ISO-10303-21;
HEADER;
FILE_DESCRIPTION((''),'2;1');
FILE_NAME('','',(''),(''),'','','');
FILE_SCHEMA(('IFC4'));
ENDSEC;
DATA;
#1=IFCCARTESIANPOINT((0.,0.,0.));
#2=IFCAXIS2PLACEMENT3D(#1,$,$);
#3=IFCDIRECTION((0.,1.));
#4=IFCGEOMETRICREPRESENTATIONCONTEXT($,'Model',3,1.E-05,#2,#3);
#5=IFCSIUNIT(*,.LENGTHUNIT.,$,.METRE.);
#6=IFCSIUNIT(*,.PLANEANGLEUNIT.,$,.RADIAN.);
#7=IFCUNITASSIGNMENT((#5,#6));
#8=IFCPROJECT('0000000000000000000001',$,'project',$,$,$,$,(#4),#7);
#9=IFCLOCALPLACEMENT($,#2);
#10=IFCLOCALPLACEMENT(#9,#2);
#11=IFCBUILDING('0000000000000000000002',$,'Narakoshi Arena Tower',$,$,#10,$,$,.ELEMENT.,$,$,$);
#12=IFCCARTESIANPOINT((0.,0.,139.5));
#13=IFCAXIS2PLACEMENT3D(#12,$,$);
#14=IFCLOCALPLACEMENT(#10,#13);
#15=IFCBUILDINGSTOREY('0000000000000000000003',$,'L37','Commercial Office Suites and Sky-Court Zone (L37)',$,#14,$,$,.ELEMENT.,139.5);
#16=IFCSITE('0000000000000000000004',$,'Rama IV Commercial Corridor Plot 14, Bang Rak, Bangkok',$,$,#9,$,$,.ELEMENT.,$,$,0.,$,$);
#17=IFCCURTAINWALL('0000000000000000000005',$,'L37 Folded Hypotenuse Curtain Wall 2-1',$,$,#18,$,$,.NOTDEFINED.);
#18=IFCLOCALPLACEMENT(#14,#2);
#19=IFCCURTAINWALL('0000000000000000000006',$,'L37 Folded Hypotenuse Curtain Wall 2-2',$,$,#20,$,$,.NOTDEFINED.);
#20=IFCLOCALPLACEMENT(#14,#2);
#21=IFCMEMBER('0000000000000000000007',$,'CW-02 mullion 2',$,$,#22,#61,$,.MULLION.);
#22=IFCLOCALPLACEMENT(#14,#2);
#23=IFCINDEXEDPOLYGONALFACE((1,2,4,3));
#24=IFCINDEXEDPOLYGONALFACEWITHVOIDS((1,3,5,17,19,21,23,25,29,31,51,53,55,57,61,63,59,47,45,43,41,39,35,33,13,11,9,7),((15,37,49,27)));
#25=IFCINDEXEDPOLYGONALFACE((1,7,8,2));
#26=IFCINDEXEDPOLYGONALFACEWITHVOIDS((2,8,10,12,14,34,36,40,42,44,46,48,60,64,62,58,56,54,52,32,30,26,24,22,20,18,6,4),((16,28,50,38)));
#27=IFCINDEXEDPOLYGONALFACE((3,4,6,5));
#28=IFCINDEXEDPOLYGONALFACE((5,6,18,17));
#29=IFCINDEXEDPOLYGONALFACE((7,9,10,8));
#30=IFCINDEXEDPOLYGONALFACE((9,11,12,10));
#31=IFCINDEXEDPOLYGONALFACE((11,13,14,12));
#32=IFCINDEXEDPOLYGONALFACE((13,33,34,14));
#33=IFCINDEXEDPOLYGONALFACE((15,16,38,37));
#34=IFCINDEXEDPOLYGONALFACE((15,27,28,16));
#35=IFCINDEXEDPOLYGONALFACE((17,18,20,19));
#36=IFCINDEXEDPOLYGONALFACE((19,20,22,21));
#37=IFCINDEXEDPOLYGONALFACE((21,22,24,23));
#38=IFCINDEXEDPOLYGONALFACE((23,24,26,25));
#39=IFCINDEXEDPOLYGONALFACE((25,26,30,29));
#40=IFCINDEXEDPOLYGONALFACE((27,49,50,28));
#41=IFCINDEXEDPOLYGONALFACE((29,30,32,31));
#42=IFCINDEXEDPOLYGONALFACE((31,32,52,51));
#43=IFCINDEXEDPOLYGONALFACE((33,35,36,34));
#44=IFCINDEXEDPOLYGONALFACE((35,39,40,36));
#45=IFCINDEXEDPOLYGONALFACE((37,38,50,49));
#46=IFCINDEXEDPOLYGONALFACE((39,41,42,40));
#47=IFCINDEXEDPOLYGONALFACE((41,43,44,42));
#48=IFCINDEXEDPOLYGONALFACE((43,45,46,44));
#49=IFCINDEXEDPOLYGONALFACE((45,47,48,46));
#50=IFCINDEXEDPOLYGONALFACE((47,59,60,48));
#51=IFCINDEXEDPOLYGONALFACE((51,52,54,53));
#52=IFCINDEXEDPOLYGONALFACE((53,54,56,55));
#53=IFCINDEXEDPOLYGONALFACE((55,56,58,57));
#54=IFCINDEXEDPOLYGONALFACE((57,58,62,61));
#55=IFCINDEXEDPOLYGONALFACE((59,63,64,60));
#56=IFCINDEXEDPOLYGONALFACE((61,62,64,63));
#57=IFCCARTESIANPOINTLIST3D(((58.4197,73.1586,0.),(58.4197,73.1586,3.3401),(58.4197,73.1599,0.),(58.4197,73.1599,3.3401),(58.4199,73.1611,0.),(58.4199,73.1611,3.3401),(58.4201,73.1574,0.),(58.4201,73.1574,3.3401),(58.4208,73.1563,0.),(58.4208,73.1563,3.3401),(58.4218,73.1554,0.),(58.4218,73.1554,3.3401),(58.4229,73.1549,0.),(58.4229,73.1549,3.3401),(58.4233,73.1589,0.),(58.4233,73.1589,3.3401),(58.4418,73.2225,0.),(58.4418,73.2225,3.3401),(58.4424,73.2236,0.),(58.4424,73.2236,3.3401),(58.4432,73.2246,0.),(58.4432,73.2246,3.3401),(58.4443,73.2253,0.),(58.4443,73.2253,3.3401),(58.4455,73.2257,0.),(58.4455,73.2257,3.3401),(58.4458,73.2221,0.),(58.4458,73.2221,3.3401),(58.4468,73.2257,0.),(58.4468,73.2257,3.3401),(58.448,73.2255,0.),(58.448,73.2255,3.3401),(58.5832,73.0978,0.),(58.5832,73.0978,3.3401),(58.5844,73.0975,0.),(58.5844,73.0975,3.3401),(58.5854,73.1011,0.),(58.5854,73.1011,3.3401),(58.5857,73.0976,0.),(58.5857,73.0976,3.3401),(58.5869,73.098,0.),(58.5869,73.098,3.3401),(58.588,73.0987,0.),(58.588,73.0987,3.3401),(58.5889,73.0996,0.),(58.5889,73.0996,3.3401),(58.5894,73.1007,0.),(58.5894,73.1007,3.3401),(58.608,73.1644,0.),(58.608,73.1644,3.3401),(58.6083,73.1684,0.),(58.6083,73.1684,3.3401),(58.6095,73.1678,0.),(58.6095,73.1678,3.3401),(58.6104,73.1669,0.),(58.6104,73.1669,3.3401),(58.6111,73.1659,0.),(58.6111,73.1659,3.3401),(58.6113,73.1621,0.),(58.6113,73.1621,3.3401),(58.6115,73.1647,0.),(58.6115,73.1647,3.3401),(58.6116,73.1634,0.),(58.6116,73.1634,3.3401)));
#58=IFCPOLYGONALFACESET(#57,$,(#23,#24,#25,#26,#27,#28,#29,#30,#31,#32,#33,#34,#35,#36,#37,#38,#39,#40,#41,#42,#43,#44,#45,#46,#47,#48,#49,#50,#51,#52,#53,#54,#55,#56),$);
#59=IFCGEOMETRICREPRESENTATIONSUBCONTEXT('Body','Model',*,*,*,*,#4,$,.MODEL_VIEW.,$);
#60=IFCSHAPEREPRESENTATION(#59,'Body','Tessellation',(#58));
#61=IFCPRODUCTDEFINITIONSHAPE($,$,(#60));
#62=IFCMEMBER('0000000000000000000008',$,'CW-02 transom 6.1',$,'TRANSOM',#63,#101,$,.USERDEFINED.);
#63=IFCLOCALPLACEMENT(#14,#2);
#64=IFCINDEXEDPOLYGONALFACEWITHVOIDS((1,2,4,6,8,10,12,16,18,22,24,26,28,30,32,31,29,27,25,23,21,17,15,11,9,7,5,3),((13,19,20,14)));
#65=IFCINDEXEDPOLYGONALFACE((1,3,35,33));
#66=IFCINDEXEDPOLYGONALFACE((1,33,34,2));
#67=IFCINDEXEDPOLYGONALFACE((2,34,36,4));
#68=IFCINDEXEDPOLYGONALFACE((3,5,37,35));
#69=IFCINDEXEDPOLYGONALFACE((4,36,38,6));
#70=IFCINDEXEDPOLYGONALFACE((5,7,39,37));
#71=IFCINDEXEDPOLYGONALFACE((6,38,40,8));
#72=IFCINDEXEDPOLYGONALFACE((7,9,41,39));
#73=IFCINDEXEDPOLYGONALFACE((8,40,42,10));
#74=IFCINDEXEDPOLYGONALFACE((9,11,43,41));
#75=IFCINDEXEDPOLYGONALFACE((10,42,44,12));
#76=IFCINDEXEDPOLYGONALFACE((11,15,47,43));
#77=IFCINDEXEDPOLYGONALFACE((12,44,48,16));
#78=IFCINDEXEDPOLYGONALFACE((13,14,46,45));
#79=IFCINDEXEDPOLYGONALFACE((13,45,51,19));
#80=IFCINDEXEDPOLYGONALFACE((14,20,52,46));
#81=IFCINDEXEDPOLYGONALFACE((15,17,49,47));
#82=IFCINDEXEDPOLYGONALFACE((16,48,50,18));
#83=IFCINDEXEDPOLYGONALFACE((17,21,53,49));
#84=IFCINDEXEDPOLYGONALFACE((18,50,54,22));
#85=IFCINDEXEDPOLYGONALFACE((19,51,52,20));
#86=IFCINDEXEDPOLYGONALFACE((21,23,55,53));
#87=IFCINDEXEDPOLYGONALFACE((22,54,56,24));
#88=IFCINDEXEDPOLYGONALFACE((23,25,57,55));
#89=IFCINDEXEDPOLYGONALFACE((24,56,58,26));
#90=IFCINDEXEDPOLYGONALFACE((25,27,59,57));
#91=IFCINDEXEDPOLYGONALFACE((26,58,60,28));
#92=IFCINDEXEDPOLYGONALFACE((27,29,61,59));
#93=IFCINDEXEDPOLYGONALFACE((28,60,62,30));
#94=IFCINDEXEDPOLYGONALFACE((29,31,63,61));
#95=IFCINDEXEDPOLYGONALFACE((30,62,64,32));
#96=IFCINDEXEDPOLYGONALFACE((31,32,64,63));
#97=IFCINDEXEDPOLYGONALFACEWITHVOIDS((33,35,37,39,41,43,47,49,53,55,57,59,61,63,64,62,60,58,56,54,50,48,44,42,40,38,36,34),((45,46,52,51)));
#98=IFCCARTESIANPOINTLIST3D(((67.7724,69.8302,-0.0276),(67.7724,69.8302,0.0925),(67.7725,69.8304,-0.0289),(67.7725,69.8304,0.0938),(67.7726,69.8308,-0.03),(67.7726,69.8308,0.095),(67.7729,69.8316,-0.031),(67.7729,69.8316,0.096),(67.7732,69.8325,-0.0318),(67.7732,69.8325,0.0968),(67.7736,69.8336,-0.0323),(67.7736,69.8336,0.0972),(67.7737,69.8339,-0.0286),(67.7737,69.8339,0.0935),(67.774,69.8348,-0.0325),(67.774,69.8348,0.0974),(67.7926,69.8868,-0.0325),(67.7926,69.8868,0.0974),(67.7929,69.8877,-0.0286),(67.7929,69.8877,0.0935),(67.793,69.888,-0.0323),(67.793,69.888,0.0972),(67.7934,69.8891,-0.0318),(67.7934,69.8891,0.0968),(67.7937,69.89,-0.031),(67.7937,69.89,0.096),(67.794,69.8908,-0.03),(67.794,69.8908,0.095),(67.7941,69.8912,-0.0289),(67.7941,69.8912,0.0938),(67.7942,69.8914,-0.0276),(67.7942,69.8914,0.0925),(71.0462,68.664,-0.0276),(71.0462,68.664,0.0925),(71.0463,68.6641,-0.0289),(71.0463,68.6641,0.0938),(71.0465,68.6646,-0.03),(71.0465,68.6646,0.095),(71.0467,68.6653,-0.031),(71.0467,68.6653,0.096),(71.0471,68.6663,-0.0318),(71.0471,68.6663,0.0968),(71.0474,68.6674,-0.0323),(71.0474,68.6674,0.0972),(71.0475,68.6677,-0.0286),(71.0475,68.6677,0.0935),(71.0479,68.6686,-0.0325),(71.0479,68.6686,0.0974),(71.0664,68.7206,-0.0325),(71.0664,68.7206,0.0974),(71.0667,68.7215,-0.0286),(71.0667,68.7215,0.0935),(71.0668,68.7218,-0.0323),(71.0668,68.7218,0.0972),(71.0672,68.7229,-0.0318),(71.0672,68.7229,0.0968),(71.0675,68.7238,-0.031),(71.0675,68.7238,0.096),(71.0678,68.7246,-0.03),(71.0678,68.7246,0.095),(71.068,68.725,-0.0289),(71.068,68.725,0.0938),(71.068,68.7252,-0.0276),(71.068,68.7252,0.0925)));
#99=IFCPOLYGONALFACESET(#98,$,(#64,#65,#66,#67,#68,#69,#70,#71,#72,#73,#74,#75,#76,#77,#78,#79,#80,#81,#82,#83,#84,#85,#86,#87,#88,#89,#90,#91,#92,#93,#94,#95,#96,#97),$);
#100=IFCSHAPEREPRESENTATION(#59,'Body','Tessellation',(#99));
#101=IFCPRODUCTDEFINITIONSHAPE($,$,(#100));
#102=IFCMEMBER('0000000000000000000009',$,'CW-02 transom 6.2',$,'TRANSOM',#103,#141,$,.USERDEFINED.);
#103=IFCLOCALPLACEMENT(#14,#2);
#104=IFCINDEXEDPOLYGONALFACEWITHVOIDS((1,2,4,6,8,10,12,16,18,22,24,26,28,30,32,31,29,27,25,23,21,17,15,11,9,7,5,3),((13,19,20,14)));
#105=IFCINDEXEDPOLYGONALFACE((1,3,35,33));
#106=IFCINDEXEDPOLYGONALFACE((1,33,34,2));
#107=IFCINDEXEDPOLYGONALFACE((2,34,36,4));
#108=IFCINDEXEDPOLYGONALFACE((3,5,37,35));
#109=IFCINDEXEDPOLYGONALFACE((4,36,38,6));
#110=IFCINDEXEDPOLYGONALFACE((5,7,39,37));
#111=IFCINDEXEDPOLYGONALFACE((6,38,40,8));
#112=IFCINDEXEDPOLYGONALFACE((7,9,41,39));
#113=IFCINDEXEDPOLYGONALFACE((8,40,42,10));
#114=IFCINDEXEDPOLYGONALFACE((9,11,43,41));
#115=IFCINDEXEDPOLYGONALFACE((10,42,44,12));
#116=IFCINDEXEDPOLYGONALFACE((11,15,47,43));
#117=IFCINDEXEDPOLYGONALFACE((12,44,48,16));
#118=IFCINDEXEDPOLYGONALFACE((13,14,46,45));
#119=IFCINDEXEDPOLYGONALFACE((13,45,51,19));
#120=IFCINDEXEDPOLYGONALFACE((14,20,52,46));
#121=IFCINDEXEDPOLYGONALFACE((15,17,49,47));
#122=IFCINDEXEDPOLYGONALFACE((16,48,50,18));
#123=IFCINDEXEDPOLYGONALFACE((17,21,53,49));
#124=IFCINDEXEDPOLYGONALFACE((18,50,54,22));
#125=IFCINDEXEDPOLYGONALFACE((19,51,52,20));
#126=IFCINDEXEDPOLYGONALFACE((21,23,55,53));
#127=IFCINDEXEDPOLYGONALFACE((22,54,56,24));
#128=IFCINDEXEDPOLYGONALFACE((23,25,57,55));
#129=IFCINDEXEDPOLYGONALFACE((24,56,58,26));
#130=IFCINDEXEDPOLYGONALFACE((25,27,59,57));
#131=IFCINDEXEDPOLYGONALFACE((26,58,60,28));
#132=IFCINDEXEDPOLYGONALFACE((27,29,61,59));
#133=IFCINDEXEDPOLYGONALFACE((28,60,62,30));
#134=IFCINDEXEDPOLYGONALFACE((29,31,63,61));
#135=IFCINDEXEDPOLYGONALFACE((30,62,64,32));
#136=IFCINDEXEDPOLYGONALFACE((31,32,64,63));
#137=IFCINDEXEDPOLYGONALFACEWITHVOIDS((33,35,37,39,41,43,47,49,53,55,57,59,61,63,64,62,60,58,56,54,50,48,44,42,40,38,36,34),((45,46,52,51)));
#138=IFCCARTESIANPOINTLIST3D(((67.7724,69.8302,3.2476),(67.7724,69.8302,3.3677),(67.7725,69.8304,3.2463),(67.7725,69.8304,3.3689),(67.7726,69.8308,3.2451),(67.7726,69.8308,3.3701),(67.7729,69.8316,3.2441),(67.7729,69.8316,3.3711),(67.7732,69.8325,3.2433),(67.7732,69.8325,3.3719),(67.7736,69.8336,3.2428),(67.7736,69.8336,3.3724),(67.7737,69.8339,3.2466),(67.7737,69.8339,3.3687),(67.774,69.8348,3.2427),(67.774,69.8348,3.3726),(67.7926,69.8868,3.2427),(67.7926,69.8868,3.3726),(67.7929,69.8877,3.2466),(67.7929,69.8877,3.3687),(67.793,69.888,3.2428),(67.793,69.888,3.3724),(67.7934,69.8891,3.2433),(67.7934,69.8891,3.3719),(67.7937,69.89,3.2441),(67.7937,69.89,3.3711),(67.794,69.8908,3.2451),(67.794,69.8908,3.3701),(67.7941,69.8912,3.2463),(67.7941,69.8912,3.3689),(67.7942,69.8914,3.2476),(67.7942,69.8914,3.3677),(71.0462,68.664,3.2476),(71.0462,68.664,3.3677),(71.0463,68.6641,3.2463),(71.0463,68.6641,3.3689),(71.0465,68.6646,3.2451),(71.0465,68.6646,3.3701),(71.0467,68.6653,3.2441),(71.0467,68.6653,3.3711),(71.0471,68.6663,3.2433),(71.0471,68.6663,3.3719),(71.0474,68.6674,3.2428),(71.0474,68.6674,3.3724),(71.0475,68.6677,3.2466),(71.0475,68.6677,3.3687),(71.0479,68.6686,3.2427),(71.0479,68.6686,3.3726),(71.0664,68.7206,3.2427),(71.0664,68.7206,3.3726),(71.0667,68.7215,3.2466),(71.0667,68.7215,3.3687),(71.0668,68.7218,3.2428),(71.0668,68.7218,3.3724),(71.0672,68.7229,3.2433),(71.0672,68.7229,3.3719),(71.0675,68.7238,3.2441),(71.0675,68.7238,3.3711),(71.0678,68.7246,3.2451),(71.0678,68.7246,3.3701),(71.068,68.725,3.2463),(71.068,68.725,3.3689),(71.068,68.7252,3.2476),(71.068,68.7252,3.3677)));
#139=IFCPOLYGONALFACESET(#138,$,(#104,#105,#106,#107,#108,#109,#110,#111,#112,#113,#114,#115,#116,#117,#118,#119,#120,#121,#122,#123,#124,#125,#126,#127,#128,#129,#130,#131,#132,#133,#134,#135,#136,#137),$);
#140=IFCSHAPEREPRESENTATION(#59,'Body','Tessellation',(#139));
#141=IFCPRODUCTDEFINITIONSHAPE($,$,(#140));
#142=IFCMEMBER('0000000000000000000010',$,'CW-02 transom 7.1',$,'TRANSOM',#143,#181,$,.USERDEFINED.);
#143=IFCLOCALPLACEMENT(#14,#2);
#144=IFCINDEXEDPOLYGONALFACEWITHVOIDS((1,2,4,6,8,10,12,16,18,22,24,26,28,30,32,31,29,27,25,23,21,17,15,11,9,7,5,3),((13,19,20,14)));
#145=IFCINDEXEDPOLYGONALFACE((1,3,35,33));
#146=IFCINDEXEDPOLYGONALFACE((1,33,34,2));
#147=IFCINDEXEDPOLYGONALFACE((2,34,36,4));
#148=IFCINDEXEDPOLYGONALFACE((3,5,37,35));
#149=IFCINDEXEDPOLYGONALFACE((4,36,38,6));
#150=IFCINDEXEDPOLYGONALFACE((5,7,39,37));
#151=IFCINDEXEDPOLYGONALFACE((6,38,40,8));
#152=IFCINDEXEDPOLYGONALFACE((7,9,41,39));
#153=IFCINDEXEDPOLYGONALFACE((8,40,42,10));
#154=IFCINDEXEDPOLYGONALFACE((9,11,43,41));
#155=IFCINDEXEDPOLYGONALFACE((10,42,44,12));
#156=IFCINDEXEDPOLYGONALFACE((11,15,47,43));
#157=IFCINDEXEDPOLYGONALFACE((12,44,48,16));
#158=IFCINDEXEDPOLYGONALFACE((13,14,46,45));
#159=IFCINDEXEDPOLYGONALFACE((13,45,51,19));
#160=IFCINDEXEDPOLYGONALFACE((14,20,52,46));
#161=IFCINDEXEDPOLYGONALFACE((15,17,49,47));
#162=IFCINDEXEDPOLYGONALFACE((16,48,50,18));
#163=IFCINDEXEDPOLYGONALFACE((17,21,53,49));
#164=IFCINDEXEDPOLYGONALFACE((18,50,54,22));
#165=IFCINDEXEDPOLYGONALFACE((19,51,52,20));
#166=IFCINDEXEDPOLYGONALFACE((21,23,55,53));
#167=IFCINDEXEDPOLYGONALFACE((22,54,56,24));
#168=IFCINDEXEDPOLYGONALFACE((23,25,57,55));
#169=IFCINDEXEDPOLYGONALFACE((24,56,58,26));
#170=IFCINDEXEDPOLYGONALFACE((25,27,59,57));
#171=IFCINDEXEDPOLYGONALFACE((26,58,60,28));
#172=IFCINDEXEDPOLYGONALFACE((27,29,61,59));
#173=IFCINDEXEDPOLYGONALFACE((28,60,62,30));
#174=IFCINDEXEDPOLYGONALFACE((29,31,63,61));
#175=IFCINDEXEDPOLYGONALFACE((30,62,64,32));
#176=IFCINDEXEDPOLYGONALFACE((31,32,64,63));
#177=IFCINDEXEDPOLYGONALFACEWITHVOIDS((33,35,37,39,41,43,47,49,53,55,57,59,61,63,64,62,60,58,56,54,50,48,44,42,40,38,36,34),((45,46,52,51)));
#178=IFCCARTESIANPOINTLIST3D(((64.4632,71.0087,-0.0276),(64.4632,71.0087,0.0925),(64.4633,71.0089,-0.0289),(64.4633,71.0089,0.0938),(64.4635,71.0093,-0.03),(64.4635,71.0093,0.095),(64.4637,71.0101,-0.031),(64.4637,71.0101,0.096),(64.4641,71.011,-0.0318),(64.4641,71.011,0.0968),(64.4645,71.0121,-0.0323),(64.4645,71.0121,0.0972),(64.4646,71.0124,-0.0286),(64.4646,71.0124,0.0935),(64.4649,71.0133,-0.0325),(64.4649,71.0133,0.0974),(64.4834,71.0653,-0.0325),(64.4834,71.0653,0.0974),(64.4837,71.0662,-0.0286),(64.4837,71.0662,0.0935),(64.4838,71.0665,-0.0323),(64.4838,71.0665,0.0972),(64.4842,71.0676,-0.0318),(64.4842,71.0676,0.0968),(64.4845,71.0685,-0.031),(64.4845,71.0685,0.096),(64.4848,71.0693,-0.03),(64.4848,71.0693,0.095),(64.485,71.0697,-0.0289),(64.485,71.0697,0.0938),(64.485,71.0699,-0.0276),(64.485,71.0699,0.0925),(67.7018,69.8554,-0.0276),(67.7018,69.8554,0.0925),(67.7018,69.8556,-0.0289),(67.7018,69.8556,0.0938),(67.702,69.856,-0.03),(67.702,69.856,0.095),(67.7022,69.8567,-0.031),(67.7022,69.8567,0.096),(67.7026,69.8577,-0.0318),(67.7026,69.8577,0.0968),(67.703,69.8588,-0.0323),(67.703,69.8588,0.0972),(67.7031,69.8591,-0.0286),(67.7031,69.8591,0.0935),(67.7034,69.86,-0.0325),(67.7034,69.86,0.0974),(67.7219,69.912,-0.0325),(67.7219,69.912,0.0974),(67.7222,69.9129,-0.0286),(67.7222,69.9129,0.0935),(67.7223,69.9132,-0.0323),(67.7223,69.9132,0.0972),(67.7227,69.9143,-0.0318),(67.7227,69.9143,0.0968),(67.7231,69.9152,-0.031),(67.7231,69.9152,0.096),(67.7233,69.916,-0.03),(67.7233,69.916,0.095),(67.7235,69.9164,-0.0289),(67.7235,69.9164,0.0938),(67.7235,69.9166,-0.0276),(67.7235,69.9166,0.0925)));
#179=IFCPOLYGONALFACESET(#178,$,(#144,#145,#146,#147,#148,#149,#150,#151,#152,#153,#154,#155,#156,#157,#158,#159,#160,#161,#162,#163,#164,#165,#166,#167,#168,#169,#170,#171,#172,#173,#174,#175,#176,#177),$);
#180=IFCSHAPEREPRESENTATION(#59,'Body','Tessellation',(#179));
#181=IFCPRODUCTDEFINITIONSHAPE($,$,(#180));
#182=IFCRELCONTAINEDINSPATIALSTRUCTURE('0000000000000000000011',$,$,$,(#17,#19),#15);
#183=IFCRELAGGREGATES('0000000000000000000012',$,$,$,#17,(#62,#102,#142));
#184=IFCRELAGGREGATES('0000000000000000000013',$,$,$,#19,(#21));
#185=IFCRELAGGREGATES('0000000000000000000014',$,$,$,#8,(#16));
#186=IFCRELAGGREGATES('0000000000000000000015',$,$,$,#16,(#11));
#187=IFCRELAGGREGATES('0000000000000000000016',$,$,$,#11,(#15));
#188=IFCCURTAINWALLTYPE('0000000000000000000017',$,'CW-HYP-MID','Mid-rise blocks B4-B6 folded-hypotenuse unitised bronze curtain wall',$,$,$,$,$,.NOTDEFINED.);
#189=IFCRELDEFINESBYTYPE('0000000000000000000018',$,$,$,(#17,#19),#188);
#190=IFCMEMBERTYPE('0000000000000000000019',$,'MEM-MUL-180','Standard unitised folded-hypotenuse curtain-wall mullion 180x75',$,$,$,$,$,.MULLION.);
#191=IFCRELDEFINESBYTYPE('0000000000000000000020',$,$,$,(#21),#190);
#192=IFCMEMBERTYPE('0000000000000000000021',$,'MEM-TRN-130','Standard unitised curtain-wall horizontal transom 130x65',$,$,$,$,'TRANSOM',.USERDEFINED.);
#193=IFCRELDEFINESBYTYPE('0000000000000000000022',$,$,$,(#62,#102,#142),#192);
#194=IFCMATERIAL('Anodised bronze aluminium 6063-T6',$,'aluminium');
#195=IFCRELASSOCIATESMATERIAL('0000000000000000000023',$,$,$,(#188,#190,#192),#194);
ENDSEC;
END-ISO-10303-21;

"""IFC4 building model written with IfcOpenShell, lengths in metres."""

from ifc_helpers import new_model, si_unit, direction, frame, origin, origin_2d, place, context, subcontext, project, spatial, hollow_rectangle, extrude, material, material_profile, profile_set, type_object, element, aggregate, save


model = new_model("IFC4")

# Units and contexts
model_context = context("Model", 3, precision=1e-05, world=origin(), true_north=direction((0.0, 1.0)))
body_context = subcontext(model_context, "Body", "Model", "MODEL_VIEW")
ifc_project = project(units=[si_unit("LENGTHUNIT", "METRE"), si_unit("PLANEANGLEUNIT", "RADIAN")], contexts=[model_context])

# Site, building, storey
site_placement = place(None, origin())
site = spatial("IfcSite", under=ifc_project, at=site_placement, Name="Rama IV Commercial Corridor Plot 14, Bang Rak, Bangkok", CompositionType="ELEMENT", RefElevation=0.0)
building_placement = place(site_placement, origin())
building = spatial("IfcBuilding", under=site, at=building_placement, Name="Narakoshi Arena Tower", CompositionType="ELEMENT")
storey_placement = place(building_placement, frame((0.0, 0.0, 139.5)))
storey = spatial("IfcBuildingStorey", under=building, at=storey_placement, Name="L37", Description="Commercial Office Suites and Sky-Court Zone (L37)", CompositionType="ELEMENT", Elevation=139.5)

# Curtain walls, member
ifc_material_1 = material(Name="Anodised bronze aluminium 6063-T6", Category="aluminium")
curtain_wall_type = type_object("IfcCurtainWallType", Name="CW-HYP-MID", Description="Mid-rise blocks B4-B6 folded-hypotenuse unitised bronze curtain wall", PredefinedType="NOTDEFINED", material=ifc_material_1)
curtain_wall_1_placement = place(storey_placement, origin())
curtain_wall_1 = element("IfcCurtainWall", 1, at=curtain_wall_1_placement, inside=storey, type_object=curtain_wall_type, Name="L37 Folded Hypotenuse Curtain Wall 2-1", PredefinedType="NOTDEFINED")
ifc_material_profile_1 = material_profile(ifc_material_1, hollow_rectangle(XDim=0.075, YDim=0.1799, WallThickness=0.0039, OuterFilletRadius=0.0049, at=origin_2d()), Name="MUL180x75x4")
ifc_profile_set_1 = profile_set([ifc_material_profile_1], Name="Anodised bronze aluminium 6063-T6")
member_type_1 = type_object("IfcMemberType", Name="MEM-MUL-180", Description="Standard unitised folded-hypotenuse curtain-wall mullion 180x75", PredefinedType="MULLION", material=ifc_profile_set_1)
curtain_wall_2_placement = place(storey_placement, origin())
curtain_wall_2 = element("IfcCurtainWall", 2, at=curtain_wall_2_placement, inside=storey, type_object=curtain_wall_type, Name="L37 Folded Hypotenuse Curtain Wall 2-2", PredefinedType="NOTDEFINED")
member_1_placement = place(storey_placement, frame((58.5156, 73.1616, 0.0), z_axis=(0.0, 0.0, 1.0), x_axis=(-0.335542, -0.942025, 0.0)))
member_1 = element("IfcMember", 3, at=member_1_placement, type_object=member_type_1, Name="CW-02 mullion 2", PredefinedType="MULLION", context=body_context, shape_type="SweptSolid", body=[
    extrude(hollow_rectangle(XDim=0.075, YDim=0.1799, WallThickness=0.0039, OuterFilletRadius=0.0049, at=origin_2d()), origin(), (0.0, 0.0, 1.0), 3.3401),
])

# Members
ifc_material_profile_2 = material_profile(ifc_material_1, hollow_rectangle(XDim=0.0649, YDim=0.1299, WallThickness=0.0039, OuterFilletRadius=0.0049, at=origin_2d()), Name="TRN130x65x4")
ifc_profile_set_2 = profile_set([ifc_material_profile_2], Name="Anodised bronze aluminium 6063-T6")
member_type_2 = type_object("IfcMemberType", Name="MEM-TRN-130", Description="Standard unitised curtain-wall horizontal transom 130x65", ElementType="TRANSOM", PredefinedType="USERDEFINED", material=ifc_profile_set_2)
member_2_placement = place(storey_placement, frame((71.0571, 68.6946, 0.0325), z_axis=(-0.942015, 0.335571, 0.0), x_axis=(-0.335571, -0.942015, 0.0)))
member_2 = element("IfcMember", 4, at=member_2_placement, type_object=member_type_2, Name="CW-02 transom 6.1", ObjectType="TRANSOM", PredefinedType="USERDEFINED", context=body_context, shape_type="SweptSolid", body=[
    extrude(hollow_rectangle(XDim=0.0649, YDim=0.1299, WallThickness=0.0039, OuterFilletRadius=0.0049, at=origin_2d()), origin(), (0.0, 0.0, 1.0), 3.4753),
])
member_3_placement = place(storey_placement, frame((71.0571, 68.6946, 3.3076), z_axis=(-0.942015, 0.335571, 0.0), x_axis=(-0.335571, -0.942015, 0.0)))
member_3 = element("IfcMember", 5, at=member_3_placement, type_object=member_type_2, Name="CW-02 transom 6.2", ObjectType="TRANSOM", PredefinedType="USERDEFINED", context=body_context, shape_type="SweptSolid", body=[
    extrude(hollow_rectangle(XDim=0.0649, YDim=0.1299, WallThickness=0.0039, OuterFilletRadius=0.0049, at=origin_2d()), origin(), (0.0, 0.0, 1.0), 3.4753),
])
member_4_placement = place(storey_placement, frame((67.7126, 69.886, 0.0325), z_axis=(-0.942045, 0.335486, 0.0), x_axis=(-0.335486, -0.942045, 0.0)))
member_4 = element("IfcMember", 6, at=member_4_placement, type_object=member_type_2, Name="CW-02 transom 7.1", ObjectType="TRANSOM", PredefinedType="USERDEFINED", context=body_context, shape_type="SweptSolid", body=[
    extrude(hollow_rectangle(XDim=0.0649, YDim=0.1299, WallThickness=0.0039, OuterFilletRadius=0.0049, at=origin_2d()), origin(), (0.0, 0.0, 1.0), 3.4377),
])

aggregate(curtain_wall_1, [member_2, member_3, member_4])
aggregate(curtain_wall_2, [member_1])

save(model, "model.ifc")
